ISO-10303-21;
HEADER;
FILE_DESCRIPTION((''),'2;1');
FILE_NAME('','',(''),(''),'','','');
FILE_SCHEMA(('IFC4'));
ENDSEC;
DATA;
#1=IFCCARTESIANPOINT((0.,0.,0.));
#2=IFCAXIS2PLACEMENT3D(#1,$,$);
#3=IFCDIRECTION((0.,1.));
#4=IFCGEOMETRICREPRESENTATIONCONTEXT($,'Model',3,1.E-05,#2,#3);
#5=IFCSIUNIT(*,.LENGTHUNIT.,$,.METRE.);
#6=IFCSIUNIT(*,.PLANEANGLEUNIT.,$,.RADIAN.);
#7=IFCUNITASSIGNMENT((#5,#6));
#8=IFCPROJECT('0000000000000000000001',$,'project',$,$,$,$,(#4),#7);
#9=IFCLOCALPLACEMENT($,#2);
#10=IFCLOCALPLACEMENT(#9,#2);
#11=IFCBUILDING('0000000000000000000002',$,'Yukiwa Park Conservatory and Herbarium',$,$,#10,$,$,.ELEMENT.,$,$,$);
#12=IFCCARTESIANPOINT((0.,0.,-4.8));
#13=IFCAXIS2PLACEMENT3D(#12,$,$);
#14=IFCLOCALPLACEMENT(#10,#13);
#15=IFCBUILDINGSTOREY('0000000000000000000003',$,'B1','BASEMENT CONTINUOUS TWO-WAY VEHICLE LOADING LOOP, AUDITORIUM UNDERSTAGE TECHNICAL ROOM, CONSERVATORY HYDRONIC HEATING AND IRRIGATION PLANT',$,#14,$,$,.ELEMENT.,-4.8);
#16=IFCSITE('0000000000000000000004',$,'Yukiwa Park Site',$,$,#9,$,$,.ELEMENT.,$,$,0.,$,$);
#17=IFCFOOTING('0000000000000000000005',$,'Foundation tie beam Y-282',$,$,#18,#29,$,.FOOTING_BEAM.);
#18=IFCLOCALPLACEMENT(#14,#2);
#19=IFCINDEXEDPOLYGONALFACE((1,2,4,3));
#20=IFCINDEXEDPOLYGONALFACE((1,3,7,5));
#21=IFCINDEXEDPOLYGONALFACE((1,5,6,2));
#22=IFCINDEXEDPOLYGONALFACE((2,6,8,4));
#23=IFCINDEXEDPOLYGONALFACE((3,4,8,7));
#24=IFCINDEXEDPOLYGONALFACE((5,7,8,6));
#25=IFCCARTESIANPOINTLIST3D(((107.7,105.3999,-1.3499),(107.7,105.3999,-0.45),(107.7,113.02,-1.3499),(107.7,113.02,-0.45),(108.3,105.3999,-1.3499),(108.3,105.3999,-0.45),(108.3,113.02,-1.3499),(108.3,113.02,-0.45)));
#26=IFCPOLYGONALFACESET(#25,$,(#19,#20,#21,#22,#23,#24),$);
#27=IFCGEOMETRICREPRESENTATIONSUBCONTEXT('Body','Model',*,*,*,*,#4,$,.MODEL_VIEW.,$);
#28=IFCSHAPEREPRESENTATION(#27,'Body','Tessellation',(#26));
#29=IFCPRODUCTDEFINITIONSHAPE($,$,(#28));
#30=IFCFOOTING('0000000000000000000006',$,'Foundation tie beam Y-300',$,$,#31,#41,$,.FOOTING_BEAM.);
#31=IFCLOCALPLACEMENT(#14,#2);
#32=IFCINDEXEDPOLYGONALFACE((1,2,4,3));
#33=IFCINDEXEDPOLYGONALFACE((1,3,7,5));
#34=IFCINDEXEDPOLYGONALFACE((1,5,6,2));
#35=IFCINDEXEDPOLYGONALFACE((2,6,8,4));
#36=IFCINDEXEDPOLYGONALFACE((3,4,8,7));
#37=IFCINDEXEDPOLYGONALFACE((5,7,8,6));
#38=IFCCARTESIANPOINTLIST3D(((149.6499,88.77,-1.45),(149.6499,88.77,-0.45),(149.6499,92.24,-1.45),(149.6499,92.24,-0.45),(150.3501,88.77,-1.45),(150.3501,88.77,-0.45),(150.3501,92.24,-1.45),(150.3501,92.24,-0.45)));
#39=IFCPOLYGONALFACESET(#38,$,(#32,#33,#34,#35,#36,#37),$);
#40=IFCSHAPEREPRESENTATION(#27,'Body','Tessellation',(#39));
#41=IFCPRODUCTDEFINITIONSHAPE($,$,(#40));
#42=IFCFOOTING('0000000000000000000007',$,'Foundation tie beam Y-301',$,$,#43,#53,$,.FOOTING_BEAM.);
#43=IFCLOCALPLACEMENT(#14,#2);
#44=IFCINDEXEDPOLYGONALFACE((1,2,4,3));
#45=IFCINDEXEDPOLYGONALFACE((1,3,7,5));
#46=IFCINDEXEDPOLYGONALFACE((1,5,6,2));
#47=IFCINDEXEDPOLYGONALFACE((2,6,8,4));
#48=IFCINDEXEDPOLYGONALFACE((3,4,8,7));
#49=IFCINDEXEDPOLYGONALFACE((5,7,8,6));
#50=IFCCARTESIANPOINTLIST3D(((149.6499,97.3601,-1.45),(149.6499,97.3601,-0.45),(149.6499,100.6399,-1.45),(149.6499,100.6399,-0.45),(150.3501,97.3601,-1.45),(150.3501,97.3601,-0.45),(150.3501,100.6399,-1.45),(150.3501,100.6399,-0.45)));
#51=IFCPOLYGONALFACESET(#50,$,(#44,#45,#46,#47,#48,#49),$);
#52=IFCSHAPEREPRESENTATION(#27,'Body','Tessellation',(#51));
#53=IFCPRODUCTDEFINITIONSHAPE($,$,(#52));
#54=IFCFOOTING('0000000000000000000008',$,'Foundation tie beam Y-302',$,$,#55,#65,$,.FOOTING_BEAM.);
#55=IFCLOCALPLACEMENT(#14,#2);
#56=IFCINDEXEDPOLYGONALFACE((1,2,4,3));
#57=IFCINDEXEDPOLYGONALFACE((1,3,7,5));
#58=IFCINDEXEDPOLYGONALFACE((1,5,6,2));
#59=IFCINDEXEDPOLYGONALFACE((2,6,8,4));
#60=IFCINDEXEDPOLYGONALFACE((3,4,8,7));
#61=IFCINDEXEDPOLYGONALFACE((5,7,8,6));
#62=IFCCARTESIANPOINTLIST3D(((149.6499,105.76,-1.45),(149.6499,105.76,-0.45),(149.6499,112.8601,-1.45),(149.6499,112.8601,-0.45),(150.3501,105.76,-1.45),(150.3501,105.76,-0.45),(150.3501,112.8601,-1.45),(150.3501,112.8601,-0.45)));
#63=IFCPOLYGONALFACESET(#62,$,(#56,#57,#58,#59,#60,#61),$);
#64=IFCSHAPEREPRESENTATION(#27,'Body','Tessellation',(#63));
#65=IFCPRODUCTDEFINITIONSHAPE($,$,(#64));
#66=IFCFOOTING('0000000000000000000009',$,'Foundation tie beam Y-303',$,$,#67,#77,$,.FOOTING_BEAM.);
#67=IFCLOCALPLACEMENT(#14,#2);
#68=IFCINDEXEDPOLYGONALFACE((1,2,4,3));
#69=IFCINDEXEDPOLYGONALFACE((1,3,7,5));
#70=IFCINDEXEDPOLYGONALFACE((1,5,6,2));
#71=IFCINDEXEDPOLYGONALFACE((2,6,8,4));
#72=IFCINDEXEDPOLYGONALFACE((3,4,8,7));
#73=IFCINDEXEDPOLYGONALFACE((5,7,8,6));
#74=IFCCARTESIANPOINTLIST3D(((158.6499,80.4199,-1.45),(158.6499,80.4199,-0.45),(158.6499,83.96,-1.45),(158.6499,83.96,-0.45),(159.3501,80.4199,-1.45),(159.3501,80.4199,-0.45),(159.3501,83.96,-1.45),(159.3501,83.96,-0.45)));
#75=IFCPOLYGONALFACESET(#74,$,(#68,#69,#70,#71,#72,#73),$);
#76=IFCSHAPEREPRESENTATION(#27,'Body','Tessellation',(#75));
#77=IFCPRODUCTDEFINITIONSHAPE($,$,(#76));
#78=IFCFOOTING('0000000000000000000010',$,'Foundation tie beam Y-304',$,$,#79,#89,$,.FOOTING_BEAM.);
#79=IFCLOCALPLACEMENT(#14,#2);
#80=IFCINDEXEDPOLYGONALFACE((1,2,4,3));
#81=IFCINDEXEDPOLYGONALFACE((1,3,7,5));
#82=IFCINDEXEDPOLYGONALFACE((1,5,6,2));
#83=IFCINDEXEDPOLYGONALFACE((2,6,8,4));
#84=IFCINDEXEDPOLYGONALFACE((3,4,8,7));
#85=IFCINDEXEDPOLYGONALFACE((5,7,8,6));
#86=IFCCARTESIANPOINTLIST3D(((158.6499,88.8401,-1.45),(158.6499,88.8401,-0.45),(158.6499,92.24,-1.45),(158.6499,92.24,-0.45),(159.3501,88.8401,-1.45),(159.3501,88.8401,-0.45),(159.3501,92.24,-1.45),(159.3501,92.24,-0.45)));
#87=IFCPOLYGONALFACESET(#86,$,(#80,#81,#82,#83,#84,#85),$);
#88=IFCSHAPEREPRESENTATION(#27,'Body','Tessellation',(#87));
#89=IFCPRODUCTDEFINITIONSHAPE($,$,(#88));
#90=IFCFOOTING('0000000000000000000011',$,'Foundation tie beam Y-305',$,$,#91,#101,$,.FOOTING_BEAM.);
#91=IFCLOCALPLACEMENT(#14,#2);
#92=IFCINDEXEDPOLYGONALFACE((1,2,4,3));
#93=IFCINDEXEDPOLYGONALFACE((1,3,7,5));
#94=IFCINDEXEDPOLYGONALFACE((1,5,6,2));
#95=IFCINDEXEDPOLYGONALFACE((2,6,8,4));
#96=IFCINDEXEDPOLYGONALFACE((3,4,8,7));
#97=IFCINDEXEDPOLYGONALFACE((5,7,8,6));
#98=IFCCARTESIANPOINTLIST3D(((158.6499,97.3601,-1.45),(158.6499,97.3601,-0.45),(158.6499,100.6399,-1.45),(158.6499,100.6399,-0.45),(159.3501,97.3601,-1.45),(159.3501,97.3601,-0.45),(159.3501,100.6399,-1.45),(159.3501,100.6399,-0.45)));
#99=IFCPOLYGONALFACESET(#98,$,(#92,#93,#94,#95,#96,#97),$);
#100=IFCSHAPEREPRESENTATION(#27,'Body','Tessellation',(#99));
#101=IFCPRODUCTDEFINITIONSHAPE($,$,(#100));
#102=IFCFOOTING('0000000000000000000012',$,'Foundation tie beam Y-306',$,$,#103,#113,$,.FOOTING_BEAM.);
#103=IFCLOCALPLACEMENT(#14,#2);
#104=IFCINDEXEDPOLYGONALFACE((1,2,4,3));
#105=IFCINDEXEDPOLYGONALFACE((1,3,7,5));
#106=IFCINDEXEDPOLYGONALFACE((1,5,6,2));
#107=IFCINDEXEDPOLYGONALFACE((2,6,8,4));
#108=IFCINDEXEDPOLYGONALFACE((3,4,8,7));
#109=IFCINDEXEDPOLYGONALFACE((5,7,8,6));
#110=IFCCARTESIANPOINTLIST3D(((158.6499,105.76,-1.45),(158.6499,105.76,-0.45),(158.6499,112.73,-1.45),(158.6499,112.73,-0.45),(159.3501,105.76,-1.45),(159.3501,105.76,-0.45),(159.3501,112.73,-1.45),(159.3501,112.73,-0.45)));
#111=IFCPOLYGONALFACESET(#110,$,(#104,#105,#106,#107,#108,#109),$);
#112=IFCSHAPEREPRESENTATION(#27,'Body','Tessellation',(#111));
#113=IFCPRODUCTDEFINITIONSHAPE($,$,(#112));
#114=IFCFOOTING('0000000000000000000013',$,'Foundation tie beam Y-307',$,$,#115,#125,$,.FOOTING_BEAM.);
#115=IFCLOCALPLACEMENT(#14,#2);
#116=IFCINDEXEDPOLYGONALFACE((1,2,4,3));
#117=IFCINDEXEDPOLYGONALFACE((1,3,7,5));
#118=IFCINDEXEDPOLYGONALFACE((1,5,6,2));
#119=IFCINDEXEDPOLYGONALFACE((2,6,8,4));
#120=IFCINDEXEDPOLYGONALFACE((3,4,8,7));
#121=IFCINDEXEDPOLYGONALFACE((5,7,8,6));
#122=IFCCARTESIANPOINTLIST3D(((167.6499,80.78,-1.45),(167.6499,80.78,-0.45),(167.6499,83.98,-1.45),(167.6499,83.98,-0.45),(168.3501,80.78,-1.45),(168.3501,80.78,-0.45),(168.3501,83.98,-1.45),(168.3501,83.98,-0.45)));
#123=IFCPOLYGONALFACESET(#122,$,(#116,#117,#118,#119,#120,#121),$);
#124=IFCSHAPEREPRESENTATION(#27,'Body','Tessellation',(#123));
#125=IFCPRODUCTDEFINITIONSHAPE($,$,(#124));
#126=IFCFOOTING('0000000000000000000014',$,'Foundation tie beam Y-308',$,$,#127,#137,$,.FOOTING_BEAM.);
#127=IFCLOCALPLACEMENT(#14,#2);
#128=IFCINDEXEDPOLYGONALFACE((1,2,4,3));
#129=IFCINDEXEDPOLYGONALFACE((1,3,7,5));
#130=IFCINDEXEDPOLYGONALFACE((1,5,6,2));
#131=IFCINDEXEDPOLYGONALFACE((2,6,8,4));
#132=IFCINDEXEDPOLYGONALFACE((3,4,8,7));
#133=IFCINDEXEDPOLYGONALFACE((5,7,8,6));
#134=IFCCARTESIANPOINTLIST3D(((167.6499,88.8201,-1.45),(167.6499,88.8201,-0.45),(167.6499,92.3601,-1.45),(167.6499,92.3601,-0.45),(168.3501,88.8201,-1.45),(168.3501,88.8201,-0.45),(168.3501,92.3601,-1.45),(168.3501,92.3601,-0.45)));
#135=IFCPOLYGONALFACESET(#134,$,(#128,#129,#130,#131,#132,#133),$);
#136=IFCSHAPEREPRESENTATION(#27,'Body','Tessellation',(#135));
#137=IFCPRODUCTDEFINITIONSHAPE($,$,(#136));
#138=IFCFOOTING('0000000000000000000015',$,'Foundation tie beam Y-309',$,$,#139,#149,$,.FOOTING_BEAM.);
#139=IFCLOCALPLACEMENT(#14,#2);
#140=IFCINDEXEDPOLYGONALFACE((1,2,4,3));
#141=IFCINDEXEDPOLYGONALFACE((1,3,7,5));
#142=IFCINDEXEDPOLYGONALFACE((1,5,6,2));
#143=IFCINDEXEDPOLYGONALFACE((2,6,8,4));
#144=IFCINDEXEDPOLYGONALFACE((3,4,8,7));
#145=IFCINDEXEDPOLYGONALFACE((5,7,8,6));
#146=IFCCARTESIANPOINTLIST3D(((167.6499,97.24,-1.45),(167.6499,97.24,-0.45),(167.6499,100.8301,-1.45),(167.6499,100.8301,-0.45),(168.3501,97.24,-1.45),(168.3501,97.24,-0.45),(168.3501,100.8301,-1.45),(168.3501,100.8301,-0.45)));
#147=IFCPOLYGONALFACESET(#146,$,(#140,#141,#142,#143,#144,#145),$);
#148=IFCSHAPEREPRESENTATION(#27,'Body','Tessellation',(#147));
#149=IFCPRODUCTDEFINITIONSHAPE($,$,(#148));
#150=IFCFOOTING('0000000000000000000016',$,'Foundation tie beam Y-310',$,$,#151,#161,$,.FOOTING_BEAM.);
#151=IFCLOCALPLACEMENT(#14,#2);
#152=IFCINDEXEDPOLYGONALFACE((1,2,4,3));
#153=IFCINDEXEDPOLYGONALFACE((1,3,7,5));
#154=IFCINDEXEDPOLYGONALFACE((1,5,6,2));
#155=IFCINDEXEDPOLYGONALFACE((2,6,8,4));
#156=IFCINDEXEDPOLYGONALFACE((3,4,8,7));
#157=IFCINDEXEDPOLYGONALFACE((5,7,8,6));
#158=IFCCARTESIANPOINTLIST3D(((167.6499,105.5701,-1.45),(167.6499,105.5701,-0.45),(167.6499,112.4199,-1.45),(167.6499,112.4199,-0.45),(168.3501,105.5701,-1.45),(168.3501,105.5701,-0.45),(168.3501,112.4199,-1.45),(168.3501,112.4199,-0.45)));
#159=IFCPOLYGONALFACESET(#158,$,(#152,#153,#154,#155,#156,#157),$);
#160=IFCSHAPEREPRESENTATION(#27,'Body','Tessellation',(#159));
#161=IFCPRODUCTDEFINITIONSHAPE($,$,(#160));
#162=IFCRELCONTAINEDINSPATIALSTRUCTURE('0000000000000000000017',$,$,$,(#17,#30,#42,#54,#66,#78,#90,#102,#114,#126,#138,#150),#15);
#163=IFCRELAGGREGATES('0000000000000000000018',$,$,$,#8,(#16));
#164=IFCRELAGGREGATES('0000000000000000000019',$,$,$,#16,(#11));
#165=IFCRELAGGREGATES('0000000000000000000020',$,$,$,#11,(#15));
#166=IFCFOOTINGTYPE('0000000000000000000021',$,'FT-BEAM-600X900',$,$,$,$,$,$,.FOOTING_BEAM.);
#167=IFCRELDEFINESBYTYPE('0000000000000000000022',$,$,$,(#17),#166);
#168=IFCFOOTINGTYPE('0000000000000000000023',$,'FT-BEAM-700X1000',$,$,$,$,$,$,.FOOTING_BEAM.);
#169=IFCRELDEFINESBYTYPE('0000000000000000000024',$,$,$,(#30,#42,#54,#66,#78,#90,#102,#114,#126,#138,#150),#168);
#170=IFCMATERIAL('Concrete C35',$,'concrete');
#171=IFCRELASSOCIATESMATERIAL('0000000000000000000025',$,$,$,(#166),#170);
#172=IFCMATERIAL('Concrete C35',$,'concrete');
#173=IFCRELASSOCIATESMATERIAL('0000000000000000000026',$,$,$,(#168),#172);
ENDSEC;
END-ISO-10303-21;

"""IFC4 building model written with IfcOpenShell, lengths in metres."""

from ifc_helpers import new_model, si_unit, direction, frame, origin, place, context, subcontext, project, spatial, polyline, outline, extrude, material, type_object, element, save


model = new_model("IFC4")

# Units and contexts
model_context = context("Model", 3, precision=1e-05, world=origin(), true_north=direction((0.0, 1.0)))
body_context = subcontext(model_context, "Body", "Model", "MODEL_VIEW")
ifc_project = project(units=[si_unit("LENGTHUNIT", "METRE"), si_unit("PLANEANGLEUNIT", "RADIAN")], contexts=[model_context])

# Site, building, storey
site_placement = place(None, origin())
site = spatial("IfcSite", under=ifc_project, at=site_placement, Name="Yukiwa Park Site", CompositionType="ELEMENT", RefElevation=0.0)
building_placement = place(site_placement, origin())
building = spatial("IfcBuilding", under=site, at=building_placement, Name="Yukiwa Park Conservatory and Herbarium", CompositionType="ELEMENT")
storey_placement = place(building_placement, frame((0.0, 0.0, -4.8)))
storey = spatial("IfcBuildingStorey", under=building, at=storey_placement, Name="B1", Description="BASEMENT CONTINUOUS TWO-WAY VEHICLE LOADING LOOP, AUDITORIUM UNDERSTAGE TECHNICAL ROOM, CONSERVATORY HYDRONIC HEATING AND IRRIGATION PLANT", CompositionType="ELEMENT", Elevation=-4.8)

# Footings
ifc_material_1 = material(Name="Concrete C35", Category="concrete")
footing_type_1 = type_object("IfcFootingType", Name="FT-BEAM-600X900", PredefinedType="FOOTING_BEAM", material=ifc_material_1)
footing_1_placement = place(storey_placement, frame((0.0, 0.0, -1.3499)))
element("IfcFooting", 1, at=footing_1_placement, inside=storey, type_object=footing_type_1, Name="Foundation tie beam Y-282", PredefinedType="FOOTING_BEAM", context=body_context, shape_type="SweptSolid", body=[
    extrude(outline(polyline([(107.7, 105.3999), (108.3, 105.3999), (108.3, 113.02), (107.7, 113.02), (107.7, 105.3999)])), origin(), (0.0, 0.0, 1.0), 0.8999),
])
ifc_material_2 = material(Name="Concrete C35", Category="concrete")
footing_type_2 = type_object("IfcFootingType", Name="FT-BEAM-700X1000", PredefinedType="FOOTING_BEAM", material=ifc_material_2)
footing_2_placement = place(storey_placement, frame((0.0, 0.0, -1.45)))
element("IfcFooting", 2, at=footing_2_placement, inside=storey, type_object=footing_type_2, Name="Foundation tie beam Y-300", PredefinedType="FOOTING_BEAM", context=body_context, shape_type="SweptSolid", body=[
    extrude(outline(polyline([(149.6499, 88.77), (150.3501, 88.77), (150.3501, 92.24), (149.6499, 92.24), (149.6499, 88.77)])), origin(), (0.0, 0.0, 1.0), 1.0),
])
footing_3_placement = place(storey_placement, frame((0.0, 0.0, -1.45)))
element("IfcFooting", 3, at=footing_3_placement, inside=storey, type_object=footing_type_2, Name="Foundation tie beam Y-301", PredefinedType="FOOTING_BEAM", context=body_context, shape_type="SweptSolid", body=[
    extrude(outline(polyline([(149.6499, 97.3601), (150.3501, 97.3601), (150.3501, 100.6399), (149.6499, 100.6399), (149.6499, 97.3601)])), origin(), (0.0, 0.0, 1.0), 1.0),
])
footing_4_placement = place(storey_placement, frame((0.0, 0.0, -1.45)))
element("IfcFooting", 4, at=footing_4_placement, inside=storey, type_object=footing_type_2, Name="Foundation tie beam Y-302", PredefinedType="FOOTING_BEAM", context=body_context, shape_type="SweptSolid", body=[
    extrude(outline(polyline([(149.6499, 105.76), (150.3501, 105.76), (150.3501, 112.8601), (149.6499, 112.8601), (149.6499, 105.76)])), origin(), (0.0, 0.0, 1.0), 1.0),
])
footing_5_placement = place(storey_placement, frame((0.0, 0.0, -1.45)))
element("IfcFooting", 5, at=footing_5_placement, inside=storey, type_object=footing_type_2, Name="Foundation tie beam Y-303", PredefinedType="FOOTING_BEAM", context=body_context, shape_type="SweptSolid", body=[
    extrude(outline(polyline([(158.6499, 80.4199), (159.3501, 80.4199), (159.3501, 83.96), (158.6499, 83.96), (158.6499, 80.4199)])), origin(), (0.0, 0.0, 1.0), 1.0),
])
footing_6_placement = place(storey_placement, frame((0.0, 0.0, -1.45)))
element("IfcFooting", 6, at=footing_6_placement, inside=storey, type_object=footing_type_2, Name="Foundation tie beam Y-304", PredefinedType="FOOTING_BEAM", context=body_context, shape_type="SweptSolid", body=[
    extrude(outline(polyline([(158.6499, 88.8401), (159.3501, 88.8401), (159.3501, 92.24), (158.6499, 92.24), (158.6499, 88.8401)])), origin(), (0.0, 0.0, 1.0), 1.0),
])
footing_7_placement = place(storey_placement, frame((0.0, 0.0, -1.45)))
element("IfcFooting", 7, at=footing_7_placement, inside=storey, type_object=footing_type_2, Name="Foundation tie beam Y-305", PredefinedType="FOOTING_BEAM", context=body_context, shape_type="SweptSolid", body=[
    extrude(outline(polyline([(158.6499, 97.3601), (159.3501, 97.3601), (159.3501, 100.6399), (158.6499, 100.6399), (158.6499, 97.3601)])), origin(), (0.0, 0.0, 1.0), 1.0),
])
footing_8_placement = place(storey_placement, frame((0.0, 0.0, -1.45)))
element("IfcFooting", 8, at=footing_8_placement, inside=storey, type_object=footing_type_2, Name="Foundation tie beam Y-306", PredefinedType="FOOTING_BEAM", context=body_context, shape_type="SweptSolid", body=[
    extrude(outline(polyline([(158.6499, 105.76), (159.3501, 105.76), (159.3501, 112.73), (158.6499, 112.73), (158.6499, 105.76)])), origin(), (0.0, 0.0, 1.0), 1.0),
])
footing_9_placement = place(storey_placement, frame((0.0, 0.0, -1.45)))
element("IfcFooting", 9, at=footing_9_placement, inside=storey, type_object=footing_type_2, Name="Foundation tie beam Y-307", PredefinedType="FOOTING_BEAM", context=body_context, shape_type="SweptSolid", body=[
    extrude(outline(polyline([(167.6499, 80.78), (168.3501, 80.78), (168.3501, 83.98), (167.6499, 83.98), (167.6499, 80.78)])), origin(), (0.0, 0.0, 1.0), 1.0),
])
footing_10_placement = place(storey_placement, frame((0.0, 0.0, -1.45)))
element("IfcFooting", 10, at=footing_10_placement, inside=storey, type_object=footing_type_2, Name="Foundation tie beam Y-308", PredefinedType="FOOTING_BEAM", context=body_context, shape_type="SweptSolid", body=[
    extrude(outline(polyline([(167.6499, 88.8201), (168.3501, 88.8201), (168.3501, 92.3601), (167.6499, 92.3601), (167.6499, 88.8201)])), origin(), (0.0, 0.0, 1.0), 1.0),
])
footing_11_placement = place(storey_placement, frame((0.0, 0.0, -1.45)))
element("IfcFooting", 11, at=footing_11_placement, inside=storey, type_object=footing_type_2, Name="Foundation tie beam Y-309", PredefinedType="FOOTING_BEAM", context=body_context, shape_type="SweptSolid", body=[
    extrude(outline(polyline([(167.6499, 97.24), (168.3501, 97.24), (168.3501, 100.8301), (167.6499, 100.8301), (167.6499, 97.24)])), origin(), (0.0, 0.0, 1.0), 1.0),
])
footing_12_placement = place(storey_placement, frame((0.0, 0.0, -1.45)))
element("IfcFooting", 12, at=footing_12_placement, inside=storey, type_object=footing_type_2, Name="Foundation tie beam Y-310", PredefinedType="FOOTING_BEAM", context=body_context, shape_type="SweptSolid", body=[
    extrude(outline(polyline([(167.6499, 105.5701), (168.3501, 105.5701), (168.3501, 112.4199), (167.6499, 112.4199), (167.6499, 105.5701)])), origin(), (0.0, 0.0, 1.0), 1.0),
])

save(model, "model.ifc")
